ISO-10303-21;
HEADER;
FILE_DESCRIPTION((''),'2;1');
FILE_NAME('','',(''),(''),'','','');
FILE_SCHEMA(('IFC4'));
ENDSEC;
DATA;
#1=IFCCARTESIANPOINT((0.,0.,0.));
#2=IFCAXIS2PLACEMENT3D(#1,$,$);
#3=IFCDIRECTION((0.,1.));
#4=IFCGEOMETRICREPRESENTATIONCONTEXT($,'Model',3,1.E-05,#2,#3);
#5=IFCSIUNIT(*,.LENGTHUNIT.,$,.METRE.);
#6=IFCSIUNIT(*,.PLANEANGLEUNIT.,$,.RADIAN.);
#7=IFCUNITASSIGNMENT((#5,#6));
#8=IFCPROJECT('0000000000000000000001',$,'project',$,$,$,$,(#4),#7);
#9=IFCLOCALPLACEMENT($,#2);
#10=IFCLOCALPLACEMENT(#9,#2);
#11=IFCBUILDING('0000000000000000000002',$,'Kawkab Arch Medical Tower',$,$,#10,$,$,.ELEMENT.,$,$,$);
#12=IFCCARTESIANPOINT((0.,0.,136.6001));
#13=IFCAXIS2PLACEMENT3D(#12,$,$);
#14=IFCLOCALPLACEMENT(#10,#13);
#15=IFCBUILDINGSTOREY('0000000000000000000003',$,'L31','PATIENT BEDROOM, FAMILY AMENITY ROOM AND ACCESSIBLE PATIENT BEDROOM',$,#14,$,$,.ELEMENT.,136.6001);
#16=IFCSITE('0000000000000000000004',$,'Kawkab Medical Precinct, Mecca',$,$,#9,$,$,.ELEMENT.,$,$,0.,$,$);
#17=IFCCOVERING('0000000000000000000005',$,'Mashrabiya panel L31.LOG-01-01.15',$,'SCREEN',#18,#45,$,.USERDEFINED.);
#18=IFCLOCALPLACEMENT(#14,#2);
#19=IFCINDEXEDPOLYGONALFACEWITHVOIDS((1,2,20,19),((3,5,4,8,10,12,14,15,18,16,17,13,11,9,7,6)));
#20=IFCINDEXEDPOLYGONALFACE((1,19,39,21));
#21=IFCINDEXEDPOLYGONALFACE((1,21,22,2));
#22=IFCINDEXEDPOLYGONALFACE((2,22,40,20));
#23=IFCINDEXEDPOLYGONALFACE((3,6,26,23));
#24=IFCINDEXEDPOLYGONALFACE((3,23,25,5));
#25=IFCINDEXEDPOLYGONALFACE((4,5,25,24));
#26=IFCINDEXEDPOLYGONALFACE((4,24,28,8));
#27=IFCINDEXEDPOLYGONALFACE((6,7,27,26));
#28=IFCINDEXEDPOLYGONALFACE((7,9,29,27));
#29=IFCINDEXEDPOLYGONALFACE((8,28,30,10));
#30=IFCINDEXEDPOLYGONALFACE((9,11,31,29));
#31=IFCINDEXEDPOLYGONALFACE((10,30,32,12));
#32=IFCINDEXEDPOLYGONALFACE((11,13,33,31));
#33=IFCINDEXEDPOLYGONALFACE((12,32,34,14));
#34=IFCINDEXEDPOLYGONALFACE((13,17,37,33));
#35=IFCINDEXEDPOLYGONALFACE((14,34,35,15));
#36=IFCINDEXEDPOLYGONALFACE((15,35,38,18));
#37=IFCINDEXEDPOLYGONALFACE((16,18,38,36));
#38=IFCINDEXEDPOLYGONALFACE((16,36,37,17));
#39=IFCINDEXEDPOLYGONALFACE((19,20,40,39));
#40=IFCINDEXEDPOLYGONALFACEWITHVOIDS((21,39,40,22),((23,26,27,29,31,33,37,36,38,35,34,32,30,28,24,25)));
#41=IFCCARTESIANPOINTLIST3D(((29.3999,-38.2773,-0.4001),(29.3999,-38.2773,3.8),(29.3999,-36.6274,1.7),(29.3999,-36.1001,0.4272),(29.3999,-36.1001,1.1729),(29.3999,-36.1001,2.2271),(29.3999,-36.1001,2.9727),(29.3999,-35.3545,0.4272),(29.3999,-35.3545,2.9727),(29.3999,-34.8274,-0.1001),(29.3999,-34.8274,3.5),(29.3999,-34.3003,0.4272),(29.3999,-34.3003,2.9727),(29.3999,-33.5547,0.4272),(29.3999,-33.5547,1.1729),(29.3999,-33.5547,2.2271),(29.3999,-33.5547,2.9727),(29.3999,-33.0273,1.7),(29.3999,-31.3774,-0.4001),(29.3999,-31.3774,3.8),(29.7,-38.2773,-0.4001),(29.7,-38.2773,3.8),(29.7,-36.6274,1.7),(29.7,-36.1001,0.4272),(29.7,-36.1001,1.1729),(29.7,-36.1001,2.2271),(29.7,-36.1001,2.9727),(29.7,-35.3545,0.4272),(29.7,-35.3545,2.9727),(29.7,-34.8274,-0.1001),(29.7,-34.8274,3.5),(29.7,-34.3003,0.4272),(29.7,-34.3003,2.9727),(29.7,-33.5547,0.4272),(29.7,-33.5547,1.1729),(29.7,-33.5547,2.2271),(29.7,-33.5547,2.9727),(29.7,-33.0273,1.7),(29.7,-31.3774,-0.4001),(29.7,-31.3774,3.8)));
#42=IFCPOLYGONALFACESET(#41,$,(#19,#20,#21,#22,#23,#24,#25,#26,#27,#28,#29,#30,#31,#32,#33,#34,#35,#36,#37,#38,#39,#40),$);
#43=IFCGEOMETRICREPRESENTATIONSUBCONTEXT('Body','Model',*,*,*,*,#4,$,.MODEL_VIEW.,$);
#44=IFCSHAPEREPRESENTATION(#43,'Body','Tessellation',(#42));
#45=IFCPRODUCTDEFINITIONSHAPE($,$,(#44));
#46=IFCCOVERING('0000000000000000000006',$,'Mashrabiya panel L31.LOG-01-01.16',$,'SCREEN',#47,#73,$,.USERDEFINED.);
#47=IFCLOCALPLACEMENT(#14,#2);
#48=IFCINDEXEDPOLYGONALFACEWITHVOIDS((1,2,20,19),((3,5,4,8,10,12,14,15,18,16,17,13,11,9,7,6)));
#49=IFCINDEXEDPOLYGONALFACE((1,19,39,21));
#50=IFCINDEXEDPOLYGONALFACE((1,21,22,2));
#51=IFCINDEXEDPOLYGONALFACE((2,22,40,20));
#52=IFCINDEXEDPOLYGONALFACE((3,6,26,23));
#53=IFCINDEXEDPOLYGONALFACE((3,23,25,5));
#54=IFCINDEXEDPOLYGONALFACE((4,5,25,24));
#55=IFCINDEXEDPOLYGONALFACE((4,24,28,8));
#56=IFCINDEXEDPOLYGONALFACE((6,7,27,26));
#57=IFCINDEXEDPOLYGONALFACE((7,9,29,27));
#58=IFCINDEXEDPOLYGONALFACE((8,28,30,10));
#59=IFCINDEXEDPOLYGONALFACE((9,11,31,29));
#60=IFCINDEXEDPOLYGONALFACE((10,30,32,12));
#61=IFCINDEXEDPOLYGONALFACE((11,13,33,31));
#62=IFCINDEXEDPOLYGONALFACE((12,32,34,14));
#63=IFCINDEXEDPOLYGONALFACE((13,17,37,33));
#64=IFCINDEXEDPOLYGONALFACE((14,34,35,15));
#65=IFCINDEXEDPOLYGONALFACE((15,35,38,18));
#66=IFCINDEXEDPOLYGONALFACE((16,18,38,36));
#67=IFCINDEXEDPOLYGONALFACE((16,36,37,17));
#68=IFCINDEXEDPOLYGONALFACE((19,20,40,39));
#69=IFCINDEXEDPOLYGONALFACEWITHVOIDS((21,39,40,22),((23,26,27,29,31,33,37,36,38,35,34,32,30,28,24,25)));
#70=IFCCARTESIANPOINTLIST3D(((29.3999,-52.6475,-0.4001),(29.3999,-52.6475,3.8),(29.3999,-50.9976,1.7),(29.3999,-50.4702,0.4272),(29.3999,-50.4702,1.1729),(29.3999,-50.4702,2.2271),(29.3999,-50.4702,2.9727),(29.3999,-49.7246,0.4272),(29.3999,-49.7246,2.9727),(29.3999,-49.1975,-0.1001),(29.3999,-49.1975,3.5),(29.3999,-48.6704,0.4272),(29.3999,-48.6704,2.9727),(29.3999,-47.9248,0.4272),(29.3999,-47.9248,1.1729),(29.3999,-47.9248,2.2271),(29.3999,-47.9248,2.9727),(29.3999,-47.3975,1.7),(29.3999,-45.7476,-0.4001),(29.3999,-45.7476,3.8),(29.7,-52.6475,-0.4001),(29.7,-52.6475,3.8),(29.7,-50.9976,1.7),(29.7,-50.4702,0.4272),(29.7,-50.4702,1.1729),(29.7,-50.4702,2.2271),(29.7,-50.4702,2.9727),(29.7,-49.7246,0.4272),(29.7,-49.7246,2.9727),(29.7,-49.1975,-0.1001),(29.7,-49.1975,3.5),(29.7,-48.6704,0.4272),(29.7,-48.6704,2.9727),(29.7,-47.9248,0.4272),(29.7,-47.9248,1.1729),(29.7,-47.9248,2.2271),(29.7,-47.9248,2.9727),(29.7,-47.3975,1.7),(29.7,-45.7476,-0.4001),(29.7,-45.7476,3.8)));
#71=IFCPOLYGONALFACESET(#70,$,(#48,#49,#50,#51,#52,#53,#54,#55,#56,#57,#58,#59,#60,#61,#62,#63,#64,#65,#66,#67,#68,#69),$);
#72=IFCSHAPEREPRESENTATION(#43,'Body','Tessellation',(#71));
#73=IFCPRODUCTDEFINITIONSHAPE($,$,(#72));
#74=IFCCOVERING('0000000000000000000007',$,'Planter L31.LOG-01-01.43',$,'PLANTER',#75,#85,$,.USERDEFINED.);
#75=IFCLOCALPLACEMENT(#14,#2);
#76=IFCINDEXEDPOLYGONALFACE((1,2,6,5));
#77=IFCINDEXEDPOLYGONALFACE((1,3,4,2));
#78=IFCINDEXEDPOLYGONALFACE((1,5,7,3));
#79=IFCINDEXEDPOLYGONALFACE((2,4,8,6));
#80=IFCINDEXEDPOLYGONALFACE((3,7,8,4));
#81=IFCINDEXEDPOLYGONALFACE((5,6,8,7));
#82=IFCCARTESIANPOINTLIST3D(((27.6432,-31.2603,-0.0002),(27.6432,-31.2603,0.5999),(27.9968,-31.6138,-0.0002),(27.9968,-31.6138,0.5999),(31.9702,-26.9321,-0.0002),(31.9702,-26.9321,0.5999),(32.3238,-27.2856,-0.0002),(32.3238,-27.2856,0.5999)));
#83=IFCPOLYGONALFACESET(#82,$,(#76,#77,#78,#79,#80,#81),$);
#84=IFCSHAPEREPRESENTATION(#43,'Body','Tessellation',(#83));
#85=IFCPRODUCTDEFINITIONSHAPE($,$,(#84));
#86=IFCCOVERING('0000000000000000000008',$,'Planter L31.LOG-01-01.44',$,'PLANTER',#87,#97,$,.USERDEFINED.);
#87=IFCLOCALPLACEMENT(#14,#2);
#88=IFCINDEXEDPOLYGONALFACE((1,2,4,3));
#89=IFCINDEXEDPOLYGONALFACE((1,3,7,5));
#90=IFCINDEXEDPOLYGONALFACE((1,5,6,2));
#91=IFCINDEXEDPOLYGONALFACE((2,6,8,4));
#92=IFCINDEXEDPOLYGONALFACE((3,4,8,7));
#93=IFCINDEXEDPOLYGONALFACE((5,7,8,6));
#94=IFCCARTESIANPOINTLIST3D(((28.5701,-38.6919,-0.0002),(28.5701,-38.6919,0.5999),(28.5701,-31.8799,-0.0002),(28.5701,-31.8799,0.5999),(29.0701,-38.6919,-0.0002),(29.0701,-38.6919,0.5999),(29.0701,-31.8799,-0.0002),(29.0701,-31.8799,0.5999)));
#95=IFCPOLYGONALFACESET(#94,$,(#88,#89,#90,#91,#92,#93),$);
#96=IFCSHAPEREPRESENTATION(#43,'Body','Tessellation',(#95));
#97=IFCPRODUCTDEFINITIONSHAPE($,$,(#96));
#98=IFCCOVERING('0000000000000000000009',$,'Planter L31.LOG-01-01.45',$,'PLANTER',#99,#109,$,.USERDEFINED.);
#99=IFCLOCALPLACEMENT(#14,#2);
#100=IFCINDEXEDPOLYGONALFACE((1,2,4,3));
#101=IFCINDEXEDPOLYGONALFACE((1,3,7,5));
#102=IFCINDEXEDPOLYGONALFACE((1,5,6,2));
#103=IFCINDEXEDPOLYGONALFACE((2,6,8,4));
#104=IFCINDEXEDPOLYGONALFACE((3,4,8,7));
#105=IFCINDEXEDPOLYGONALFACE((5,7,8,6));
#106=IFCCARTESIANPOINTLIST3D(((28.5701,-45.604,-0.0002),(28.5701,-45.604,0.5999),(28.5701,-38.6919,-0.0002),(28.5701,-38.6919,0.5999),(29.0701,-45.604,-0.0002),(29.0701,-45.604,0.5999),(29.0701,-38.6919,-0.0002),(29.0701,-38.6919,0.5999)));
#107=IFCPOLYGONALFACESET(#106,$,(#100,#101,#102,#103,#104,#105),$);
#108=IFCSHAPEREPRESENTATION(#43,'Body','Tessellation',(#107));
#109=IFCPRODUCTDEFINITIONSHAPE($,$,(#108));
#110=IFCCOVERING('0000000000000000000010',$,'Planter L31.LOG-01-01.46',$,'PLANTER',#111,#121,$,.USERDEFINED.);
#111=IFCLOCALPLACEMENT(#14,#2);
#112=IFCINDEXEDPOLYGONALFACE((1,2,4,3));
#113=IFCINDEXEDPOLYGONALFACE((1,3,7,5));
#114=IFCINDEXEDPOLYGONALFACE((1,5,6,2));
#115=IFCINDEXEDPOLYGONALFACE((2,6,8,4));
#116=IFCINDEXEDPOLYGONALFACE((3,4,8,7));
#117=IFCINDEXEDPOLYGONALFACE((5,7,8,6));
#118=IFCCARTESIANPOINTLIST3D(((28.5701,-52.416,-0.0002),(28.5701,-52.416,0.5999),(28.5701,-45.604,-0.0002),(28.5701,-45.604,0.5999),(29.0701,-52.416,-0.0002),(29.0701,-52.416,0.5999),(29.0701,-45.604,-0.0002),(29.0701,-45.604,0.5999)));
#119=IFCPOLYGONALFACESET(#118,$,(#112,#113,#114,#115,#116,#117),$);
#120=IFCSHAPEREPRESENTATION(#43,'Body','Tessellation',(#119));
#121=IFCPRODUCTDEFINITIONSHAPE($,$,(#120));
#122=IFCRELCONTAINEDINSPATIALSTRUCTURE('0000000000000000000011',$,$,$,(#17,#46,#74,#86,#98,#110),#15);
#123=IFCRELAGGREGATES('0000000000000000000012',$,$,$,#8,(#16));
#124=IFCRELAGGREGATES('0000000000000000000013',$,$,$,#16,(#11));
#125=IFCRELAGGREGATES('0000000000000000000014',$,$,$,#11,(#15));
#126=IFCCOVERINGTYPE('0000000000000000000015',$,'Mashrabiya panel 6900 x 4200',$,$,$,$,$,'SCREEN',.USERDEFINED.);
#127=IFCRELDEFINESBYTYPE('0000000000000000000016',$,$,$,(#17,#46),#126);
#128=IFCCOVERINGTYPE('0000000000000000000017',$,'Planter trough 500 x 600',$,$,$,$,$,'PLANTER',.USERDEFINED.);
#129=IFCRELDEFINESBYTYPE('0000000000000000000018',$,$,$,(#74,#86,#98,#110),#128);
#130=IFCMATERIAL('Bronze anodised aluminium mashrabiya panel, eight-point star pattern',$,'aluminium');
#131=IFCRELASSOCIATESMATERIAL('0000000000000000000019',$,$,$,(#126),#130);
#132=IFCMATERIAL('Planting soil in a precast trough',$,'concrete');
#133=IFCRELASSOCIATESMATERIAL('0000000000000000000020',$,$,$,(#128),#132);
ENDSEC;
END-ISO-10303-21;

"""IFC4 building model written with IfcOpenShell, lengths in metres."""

from ifc_helpers import new_model, si_unit, direction, frame, origin, origin_2d, place, context, subcontext, project, spatial, polyline, rectangle, outline, extrude, material, material_profile, profile_set, type_object, element, save


model = new_model("IFC4")

# Units and contexts
model_context = context("Model", 3, precision=1e-05, world=origin(), true_north=direction((0.0, 1.0)))
body_context = subcontext(model_context, "Body", "Model", "MODEL_VIEW")
ifc_project = project(units=[si_unit("LENGTHUNIT", "METRE"), si_unit("PLANEANGLEUNIT", "RADIAN")], contexts=[model_context])

# Site, building, storey
site_placement = place(None, origin())
site = spatial("IfcSite", under=ifc_project, at=site_placement, Name="Kawkab Medical Precinct, Mecca", CompositionType="ELEMENT", RefElevation=0.0)
building_placement = place(site_placement, origin())
building = spatial("IfcBuilding", under=site, at=building_placement, Name="Kawkab Arch Medical Tower", CompositionType="ELEMENT")
storey_placement = place(building_placement, frame((0.0, 0.0, 136.6001)))
storey = spatial("IfcBuildingStorey", under=building, at=storey_placement, Name="L31", Description="PATIENT BEDROOM, FAMILY AMENITY ROOM AND ACCESSIBLE PATIENT BEDROOM", CompositionType="ELEMENT", Elevation=136.6001)

# Coverings
ifc_material_1 = material(Name="Bronze anodised aluminium mashrabiya panel, eight-point star pattern", Category="aluminium")
ifc_material_profile_1 = material_profile(ifc_material_1, outline(polyline([(-3.45, -2.1001), (3.45, -2.1001), (3.45, 2.1001), (-3.45, 2.1001), (-3.45, -2.1001)]), holes=[polyline([(1.8, 0.0), (1.2727, 0.5271), (1.2727, 1.2727), (0.5271, 1.2727), (0.0, 1.8), (-0.5271, 1.2727), (-1.2727, 1.2727), (-1.2727, 0.5271), (-1.8, 0.0), (-1.2727, -0.5271), (-1.2727, -1.2727), (-0.5271, -1.2727), (0.0, -1.8), (0.5271, -1.2727), (1.2727, -1.2727), (1.2727, -0.5271), (1.8, 0.0)])]), Name="Mashrabiya panel 6900x4200")
ifc_profile_set_1 = profile_set([ifc_material_profile_1], Name="Bronze anodised aluminium mashrabiya panel, eight-point star pattern")
covering_type_1 = type_object("IfcCoveringType", Name="Mashrabiya panel 6900 x 4200", ElementType="SCREEN", PredefinedType="USERDEFINED", material=ifc_profile_set_1)
for number, where, z_axis, x_axis, name in (
    (1, (29.3999, -34.8274, 1.7), (1.0, 0.0, 0.0), (0.0, 1.0, 0.0), "Mashrabiya panel L31.LOG-01-01.15"),
    (2, (29.3999, -49.1975, 1.7), (1.0, 0.0, 0.0), (0.0, 1.0, 0.0), "Mashrabiya panel L31.LOG-01-01.16"),
):
    element("IfcCovering", number, at=place(storey_placement, frame(where, z_axis=z_axis, x_axis=x_axis)), inside=storey, type_object=covering_type_1, Name=name, ObjectType="SCREEN", PredefinedType="USERDEFINED", context=body_context, shape_type="SweptSolid", body=[
        extrude(outline(polyline([(-3.45, -2.1001), (3.45, -2.1001), (3.45, 2.1001), (-3.45, 2.1001), (-3.45, -2.1001)]), holes=[polyline([(1.8, 0.0), (1.2727, 0.5271), (1.2727, 1.2727), (0.5271, 1.2727), (0.0, 1.8), (-0.5271, 1.2727), (-1.2727, 1.2727), (-1.2727, 0.5271), (-1.8, 0.0), (-1.2727, -0.5271), (-1.2727, -1.2727), (-0.5271, -1.2727), (0.0, -1.8), (0.5271, -1.2727), (1.2727, -1.2727), (1.2727, -0.5271), (1.8, 0.0)])]), origin(), (0.0, 0.0, 1.0), 0.3),
    ])
ifc_material_2 = material(Name="Planting soil in a precast trough", Category="concrete")
ifc_material_profile_2 = material_profile(ifc_material_2, rectangle(XDim=0.5, YDim=0.6001, at=origin_2d()), Name="Trough 500x600")
ifc_profile_set_2 = profile_set([ifc_material_profile_2], Name="Planting soil in a precast trough")
covering_type_2 = type_object("IfcCoveringType", Name="Planter trough 500 x 600", ElementType="PLANTER", PredefinedType="USERDEFINED", material=ifc_profile_set_2)
covering_1_placement = place(storey_placement, frame((32.147, -27.1089, 0.2998), z_axis=(-0.707007, -0.707207, 0.0), x_axis=(0.707207, -0.707007, 0.0)))
element("IfcCovering", 3, at=covering_1_placement, inside=storey, type_object=covering_type_2, Name="Planter L31.LOG-01-01.43", ObjectType="PLANTER", PredefinedType="USERDEFINED", context=body_context, shape_type="SweptSolid", body=[
    extrude(rectangle(XDim=0.5, YDim=0.6001, at=origin_2d()), origin(), (0.0, 0.0, 1.0), 6.1201),
])
covering_2_placement = place(storey_placement, frame((28.8201, -31.8799, 0.2998), z_axis=(0.0, -1.0, 0.0), x_axis=(1.0, 0.0, 0.0)))
element("IfcCovering", 4, at=covering_2_placement, inside=storey, type_object=covering_type_2, Name="Planter L31.LOG-01-01.44", ObjectType="PLANTER", PredefinedType="USERDEFINED", context=body_context, shape_type="SweptSolid", body=[
    extrude(rectangle(XDim=0.5, YDim=0.6001, at=origin_2d()), origin(), (0.0, 0.0, 1.0), 6.812),
])
covering_3_placement = place(storey_placement, frame((28.8201, -38.6919, 0.2998), z_axis=(0.0, -1.0, 0.0), x_axis=(1.0, 0.0, 0.0)))
element("IfcCovering", 5, at=covering_3_placement, inside=storey, type_object=covering_type_2, Name="Planter L31.LOG-01-01.45", ObjectType="PLANTER", PredefinedType="USERDEFINED", context=body_context, shape_type="SweptSolid", body=[
    extrude(rectangle(XDim=0.5, YDim=0.6001, at=origin_2d()), origin(), (0.0, 0.0, 1.0), 6.9121),
])
covering_4_placement = place(storey_placement, frame((28.8201, -45.604, 0.2998), z_axis=(0.0, -1.0, 0.0), x_axis=(1.0, 0.0, 0.0)))
element("IfcCovering", 6, at=covering_4_placement, inside=storey, type_object=covering_type_2, Name="Planter L31.LOG-01-01.46", ObjectType="PLANTER", PredefinedType="USERDEFINED", context=body_context, shape_type="SweptSolid", body=[
    extrude(rectangle(XDim=0.5, YDim=0.6001, at=origin_2d()), origin(), (0.0, 0.0, 1.0), 6.812),
])

save(model, "model.ifc")
